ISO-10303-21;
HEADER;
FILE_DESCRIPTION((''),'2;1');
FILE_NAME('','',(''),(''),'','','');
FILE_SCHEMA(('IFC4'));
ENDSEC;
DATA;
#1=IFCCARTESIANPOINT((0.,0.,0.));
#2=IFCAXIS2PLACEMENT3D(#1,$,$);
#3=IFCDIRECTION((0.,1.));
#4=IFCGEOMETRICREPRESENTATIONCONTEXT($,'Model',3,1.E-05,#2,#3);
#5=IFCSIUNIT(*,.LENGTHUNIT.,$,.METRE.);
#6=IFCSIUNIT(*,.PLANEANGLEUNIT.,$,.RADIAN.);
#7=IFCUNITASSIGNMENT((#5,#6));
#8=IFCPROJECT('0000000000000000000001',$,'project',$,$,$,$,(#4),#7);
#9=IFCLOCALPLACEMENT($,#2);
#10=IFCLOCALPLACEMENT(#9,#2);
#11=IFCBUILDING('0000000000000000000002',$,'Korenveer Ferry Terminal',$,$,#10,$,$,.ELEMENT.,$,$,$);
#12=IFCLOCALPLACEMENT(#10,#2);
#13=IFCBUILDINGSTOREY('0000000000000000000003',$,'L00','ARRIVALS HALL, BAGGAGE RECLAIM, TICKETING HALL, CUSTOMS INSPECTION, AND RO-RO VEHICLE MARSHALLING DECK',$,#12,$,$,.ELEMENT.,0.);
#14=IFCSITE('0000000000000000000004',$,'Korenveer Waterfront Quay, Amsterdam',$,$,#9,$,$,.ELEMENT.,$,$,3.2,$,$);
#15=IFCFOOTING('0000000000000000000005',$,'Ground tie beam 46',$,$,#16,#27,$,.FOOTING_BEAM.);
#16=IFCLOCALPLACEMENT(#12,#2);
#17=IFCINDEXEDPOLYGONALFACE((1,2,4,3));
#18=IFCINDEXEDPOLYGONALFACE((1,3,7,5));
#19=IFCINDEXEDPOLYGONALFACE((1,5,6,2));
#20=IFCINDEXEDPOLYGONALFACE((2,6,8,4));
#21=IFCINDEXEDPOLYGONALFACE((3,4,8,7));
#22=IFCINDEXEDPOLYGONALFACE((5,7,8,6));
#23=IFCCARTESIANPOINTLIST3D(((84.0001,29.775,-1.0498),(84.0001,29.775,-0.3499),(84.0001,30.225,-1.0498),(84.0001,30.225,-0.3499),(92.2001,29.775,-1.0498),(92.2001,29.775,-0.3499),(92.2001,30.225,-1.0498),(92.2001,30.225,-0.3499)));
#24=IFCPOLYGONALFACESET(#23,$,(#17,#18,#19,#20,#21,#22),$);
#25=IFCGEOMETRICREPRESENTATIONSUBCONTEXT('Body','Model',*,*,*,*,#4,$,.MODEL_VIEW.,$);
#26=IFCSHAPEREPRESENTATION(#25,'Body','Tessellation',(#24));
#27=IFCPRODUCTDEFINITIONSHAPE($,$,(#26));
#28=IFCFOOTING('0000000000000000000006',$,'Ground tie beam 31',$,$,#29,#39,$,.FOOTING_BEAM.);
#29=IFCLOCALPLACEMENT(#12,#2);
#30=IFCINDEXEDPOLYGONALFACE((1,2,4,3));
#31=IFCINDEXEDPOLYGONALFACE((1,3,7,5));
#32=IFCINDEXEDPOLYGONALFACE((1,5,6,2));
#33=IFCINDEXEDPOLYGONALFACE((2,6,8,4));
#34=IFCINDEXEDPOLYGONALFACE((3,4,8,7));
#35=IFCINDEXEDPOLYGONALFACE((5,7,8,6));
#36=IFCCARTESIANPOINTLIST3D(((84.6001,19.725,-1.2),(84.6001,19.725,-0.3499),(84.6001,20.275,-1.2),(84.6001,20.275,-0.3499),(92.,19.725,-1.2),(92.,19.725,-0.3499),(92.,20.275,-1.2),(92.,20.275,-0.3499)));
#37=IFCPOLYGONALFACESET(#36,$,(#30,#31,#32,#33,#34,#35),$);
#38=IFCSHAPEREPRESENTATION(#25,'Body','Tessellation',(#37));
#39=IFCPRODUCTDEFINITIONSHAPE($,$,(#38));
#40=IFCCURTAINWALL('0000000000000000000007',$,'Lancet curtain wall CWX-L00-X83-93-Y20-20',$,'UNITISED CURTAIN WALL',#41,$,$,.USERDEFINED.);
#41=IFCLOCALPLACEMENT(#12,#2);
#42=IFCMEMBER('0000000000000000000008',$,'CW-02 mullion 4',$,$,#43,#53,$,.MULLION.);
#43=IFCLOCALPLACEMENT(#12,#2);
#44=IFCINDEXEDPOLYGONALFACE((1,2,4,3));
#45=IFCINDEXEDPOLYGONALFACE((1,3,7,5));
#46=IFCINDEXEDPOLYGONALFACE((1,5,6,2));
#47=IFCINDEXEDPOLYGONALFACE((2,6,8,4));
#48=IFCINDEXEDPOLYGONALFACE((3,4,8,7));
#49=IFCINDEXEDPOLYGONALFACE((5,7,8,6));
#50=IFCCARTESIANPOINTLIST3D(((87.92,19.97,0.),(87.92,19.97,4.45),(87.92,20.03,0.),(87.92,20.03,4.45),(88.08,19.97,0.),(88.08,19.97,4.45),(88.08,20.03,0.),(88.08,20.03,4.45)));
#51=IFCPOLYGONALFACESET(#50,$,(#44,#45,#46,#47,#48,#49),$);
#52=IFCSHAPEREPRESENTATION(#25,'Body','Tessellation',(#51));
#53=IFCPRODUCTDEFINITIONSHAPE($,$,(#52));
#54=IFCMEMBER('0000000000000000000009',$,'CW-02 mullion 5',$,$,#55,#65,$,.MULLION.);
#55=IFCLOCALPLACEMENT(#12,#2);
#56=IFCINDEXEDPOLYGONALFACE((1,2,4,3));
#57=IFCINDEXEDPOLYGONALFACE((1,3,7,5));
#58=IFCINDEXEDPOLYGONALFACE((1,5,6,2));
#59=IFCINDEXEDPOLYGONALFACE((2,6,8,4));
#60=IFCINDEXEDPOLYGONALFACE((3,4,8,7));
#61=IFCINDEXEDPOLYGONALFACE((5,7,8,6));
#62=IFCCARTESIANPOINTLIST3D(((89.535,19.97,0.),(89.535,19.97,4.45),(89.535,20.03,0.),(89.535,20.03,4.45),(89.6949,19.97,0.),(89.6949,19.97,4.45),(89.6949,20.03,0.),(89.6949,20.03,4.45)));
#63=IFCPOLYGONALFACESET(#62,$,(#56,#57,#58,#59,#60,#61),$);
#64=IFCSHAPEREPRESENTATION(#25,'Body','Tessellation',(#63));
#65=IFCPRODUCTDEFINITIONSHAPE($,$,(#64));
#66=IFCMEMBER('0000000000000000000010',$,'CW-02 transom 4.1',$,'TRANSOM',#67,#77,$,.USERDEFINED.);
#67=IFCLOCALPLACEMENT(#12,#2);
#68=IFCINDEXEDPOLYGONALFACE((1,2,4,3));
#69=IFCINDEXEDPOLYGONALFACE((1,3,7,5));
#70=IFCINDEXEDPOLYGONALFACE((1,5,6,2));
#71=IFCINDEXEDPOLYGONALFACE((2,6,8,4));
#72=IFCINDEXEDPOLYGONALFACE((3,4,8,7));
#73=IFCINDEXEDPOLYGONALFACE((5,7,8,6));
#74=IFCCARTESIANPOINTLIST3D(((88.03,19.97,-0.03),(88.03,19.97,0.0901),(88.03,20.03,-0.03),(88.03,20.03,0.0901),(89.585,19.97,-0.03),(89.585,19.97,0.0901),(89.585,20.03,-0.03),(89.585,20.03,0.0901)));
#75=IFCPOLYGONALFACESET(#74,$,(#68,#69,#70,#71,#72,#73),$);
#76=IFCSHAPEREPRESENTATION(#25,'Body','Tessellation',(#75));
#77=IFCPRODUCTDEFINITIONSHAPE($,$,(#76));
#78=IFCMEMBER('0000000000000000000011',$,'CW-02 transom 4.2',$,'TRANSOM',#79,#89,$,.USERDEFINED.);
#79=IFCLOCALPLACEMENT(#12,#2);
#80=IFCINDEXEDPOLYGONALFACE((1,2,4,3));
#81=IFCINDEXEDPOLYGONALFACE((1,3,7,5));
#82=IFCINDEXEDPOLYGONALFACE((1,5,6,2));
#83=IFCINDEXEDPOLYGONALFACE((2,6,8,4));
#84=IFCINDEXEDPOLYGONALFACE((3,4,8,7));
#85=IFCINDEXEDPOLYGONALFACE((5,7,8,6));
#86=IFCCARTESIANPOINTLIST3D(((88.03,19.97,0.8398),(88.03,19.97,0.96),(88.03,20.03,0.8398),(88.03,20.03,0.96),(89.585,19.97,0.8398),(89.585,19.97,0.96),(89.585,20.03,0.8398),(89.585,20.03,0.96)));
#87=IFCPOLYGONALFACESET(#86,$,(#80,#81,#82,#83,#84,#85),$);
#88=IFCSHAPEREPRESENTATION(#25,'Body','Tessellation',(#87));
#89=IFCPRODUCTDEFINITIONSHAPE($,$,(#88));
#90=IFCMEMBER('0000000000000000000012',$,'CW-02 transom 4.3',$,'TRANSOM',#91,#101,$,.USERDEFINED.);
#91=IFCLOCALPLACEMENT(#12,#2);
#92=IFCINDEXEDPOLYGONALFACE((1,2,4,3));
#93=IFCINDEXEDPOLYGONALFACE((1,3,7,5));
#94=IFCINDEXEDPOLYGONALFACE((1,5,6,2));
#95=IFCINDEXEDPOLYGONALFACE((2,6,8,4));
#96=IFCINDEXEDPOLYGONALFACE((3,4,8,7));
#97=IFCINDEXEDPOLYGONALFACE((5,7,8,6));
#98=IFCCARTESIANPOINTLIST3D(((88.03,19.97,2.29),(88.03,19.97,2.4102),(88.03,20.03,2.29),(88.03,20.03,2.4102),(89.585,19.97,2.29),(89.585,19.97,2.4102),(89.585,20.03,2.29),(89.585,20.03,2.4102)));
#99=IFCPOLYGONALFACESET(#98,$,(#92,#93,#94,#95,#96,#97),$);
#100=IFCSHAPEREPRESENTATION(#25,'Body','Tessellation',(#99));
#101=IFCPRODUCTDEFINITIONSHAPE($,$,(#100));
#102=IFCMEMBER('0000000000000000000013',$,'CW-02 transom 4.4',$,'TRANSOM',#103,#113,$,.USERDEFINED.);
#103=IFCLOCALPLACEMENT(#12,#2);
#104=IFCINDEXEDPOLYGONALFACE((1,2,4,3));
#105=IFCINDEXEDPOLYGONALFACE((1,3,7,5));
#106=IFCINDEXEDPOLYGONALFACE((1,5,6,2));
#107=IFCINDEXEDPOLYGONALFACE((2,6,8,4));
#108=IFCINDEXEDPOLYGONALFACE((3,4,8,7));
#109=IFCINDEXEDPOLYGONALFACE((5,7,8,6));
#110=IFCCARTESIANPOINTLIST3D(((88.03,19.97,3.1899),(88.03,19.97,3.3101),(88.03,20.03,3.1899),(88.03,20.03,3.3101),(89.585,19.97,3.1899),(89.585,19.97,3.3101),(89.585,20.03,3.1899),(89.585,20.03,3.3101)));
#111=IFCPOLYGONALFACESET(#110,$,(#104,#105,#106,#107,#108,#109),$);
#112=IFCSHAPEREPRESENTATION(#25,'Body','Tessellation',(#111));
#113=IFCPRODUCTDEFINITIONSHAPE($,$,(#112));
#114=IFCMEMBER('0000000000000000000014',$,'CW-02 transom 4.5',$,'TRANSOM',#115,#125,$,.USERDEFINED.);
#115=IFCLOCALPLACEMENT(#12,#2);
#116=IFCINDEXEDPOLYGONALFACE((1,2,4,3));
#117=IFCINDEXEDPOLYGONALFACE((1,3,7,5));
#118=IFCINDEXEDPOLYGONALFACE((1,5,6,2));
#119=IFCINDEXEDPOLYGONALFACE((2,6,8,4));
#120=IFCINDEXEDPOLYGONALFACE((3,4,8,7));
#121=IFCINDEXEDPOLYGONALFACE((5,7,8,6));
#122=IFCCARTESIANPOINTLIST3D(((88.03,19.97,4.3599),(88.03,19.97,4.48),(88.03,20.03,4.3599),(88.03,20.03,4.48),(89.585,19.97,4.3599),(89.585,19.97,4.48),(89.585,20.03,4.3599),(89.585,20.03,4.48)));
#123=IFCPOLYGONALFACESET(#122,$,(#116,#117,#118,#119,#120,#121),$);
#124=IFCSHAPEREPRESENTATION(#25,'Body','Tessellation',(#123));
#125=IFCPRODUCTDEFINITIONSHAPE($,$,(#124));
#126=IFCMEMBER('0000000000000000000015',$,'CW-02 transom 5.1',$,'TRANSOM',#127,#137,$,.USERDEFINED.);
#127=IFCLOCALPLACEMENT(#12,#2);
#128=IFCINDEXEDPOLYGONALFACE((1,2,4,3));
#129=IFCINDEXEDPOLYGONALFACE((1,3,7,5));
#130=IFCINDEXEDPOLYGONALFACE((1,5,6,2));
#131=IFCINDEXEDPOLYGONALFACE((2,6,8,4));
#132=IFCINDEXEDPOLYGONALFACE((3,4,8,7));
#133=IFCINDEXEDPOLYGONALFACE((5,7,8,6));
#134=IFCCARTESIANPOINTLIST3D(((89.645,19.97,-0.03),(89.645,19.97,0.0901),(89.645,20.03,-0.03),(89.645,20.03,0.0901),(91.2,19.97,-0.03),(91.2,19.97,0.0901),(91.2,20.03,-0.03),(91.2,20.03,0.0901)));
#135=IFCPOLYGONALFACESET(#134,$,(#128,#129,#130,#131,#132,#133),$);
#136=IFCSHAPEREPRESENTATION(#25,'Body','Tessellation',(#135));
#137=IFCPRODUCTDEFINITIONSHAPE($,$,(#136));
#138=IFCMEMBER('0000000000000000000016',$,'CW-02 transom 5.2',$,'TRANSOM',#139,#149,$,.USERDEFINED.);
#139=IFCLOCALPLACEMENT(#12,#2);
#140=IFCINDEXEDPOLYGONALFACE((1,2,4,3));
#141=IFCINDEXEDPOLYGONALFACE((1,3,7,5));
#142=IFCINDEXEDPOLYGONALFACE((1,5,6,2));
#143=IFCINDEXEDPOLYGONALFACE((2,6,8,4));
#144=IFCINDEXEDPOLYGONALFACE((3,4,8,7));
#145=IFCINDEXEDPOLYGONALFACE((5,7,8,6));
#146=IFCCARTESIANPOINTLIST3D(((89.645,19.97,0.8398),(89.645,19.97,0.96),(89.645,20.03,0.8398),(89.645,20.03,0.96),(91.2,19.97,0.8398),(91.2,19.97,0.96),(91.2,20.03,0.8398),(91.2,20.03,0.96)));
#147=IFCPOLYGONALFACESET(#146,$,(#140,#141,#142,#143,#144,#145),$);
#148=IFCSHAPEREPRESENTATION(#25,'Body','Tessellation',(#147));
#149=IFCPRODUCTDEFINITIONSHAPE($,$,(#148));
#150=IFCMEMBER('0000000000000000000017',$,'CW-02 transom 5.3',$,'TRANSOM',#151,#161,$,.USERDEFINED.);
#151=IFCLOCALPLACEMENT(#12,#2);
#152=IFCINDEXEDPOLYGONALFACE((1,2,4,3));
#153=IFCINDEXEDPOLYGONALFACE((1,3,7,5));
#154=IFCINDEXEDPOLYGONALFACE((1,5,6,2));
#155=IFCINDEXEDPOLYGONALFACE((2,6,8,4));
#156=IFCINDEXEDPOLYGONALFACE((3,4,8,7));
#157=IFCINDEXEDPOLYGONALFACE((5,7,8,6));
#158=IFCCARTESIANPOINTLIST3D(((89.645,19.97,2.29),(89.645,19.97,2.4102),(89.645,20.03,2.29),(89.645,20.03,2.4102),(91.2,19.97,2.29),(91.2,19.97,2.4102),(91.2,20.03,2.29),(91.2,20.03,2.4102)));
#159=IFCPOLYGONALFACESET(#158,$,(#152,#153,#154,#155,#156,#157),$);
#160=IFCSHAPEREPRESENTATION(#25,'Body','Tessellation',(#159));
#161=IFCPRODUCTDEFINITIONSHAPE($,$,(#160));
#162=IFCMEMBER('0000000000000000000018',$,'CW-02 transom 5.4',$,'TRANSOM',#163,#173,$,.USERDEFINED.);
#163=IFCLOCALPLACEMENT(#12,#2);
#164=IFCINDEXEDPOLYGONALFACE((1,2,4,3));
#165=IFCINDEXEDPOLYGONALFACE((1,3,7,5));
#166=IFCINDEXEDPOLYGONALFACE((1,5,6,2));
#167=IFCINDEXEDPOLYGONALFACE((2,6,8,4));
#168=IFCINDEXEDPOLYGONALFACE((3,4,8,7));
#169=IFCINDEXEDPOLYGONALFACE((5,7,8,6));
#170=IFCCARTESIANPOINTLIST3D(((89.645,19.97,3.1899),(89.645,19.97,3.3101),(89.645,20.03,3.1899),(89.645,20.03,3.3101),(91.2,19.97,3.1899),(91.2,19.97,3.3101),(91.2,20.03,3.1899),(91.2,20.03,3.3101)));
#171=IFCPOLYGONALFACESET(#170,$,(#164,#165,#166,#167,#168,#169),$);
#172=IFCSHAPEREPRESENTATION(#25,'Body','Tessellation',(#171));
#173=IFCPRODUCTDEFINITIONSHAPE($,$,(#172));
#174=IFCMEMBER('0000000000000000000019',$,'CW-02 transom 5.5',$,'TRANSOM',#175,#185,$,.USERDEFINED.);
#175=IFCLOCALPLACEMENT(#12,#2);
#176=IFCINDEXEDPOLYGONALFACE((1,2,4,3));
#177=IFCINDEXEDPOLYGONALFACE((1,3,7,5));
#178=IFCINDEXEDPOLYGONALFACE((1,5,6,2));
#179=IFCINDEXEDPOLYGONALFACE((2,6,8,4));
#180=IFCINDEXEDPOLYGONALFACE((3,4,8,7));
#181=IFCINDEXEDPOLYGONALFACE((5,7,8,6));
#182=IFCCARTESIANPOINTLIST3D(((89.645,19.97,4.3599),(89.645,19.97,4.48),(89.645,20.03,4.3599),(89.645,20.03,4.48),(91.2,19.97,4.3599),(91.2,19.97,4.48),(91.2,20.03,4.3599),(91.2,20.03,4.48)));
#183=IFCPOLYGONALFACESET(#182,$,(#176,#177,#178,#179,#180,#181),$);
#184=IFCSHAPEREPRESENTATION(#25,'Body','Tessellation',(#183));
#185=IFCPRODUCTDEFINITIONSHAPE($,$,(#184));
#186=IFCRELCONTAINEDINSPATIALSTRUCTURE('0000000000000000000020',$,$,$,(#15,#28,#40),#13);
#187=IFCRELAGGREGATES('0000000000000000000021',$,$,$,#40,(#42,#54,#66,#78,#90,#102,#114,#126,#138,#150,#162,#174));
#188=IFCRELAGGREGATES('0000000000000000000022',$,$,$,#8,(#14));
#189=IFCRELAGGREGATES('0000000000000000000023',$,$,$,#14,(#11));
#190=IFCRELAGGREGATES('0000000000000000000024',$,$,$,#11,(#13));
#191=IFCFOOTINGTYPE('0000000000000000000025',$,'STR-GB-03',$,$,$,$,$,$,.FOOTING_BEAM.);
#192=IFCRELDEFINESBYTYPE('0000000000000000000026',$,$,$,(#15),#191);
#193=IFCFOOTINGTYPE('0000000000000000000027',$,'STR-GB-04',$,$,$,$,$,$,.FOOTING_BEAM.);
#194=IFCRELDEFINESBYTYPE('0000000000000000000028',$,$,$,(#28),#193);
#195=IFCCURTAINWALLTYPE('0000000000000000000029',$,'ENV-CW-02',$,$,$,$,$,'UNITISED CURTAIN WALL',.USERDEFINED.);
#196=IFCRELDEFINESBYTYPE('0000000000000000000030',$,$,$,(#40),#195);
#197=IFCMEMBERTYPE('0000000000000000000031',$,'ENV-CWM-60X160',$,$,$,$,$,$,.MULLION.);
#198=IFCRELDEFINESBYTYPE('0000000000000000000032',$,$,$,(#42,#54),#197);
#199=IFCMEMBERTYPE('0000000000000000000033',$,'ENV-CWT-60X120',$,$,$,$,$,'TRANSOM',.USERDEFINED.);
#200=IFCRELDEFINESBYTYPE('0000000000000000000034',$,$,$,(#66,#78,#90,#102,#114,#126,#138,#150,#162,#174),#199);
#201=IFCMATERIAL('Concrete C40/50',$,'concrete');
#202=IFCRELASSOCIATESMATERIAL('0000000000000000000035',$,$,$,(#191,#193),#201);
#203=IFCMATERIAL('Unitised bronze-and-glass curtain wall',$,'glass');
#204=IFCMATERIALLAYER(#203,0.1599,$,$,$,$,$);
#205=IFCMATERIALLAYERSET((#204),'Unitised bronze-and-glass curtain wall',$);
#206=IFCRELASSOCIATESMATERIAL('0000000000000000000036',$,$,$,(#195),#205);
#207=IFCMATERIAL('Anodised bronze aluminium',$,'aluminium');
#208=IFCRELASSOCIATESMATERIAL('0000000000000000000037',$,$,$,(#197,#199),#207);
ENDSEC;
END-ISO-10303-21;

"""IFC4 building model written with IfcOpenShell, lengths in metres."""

from ifc_helpers import new_model, si_unit, direction, frame, origin, origin_2d, place, context, subcontext, project, spatial, rectangle, extrude, material, layer, layer_set, material_profile, profile_set, type_object, element, aggregate, save


model = new_model("IFC4")

# Units and contexts
model_context = context("Model", 3, precision=1e-05, world=origin(), true_north=direction((0.0, 1.0)))
body_context = subcontext(model_context, "Body", "Model", "MODEL_VIEW")
ifc_project = project(units=[si_unit("LENGTHUNIT", "METRE"), si_unit("PLANEANGLEUNIT", "RADIAN")], contexts=[model_context])

# Site, building, storey
site_placement = place(None, origin())
site = spatial("IfcSite", under=ifc_project, at=site_placement, Name="Korenveer Waterfront Quay, Amsterdam", CompositionType="ELEMENT", RefElevation=3.2)
building_placement = place(site_placement, origin())
building = spatial("IfcBuilding", under=site, at=building_placement, Name="Korenveer Ferry Terminal", CompositionType="ELEMENT")
storey_placement = place(building_placement, origin())
storey = spatial("IfcBuildingStorey", under=building, at=storey_placement, Name="L00", Description="ARRIVALS HALL, BAGGAGE RECLAIM, TICKETING HALL, CUSTOMS INSPECTION, AND RO-RO VEHICLE MARSHALLING DECK", CompositionType="ELEMENT", Elevation=0.0)

# Footings
ifc_material_1 = material(Name="Concrete C40/50", Category="concrete")
footing_type_1 = type_object("IfcFootingType", Name="STR-GB-03", PredefinedType="FOOTING_BEAM", material=ifc_material_1)
footing_1_placement = place(storey_placement, frame((88.1001, 30.0, -1.0498), z_axis=(0.0, 0.0, 1.0), x_axis=(1.0, 0.0, 0.0)))
element("IfcFooting", 1, at=footing_1_placement, inside=storey, type_object=footing_type_1, Name="Ground tie beam 46", PredefinedType="FOOTING_BEAM", context=body_context, shape_type="SweptSolid", body=[
    extrude(rectangle(XDim=8.2, YDim=0.45, at=origin_2d()), origin(), (0.0, 0.0, 1.0), 0.7),
])
footing_type_2 = type_object("IfcFootingType", Name="STR-GB-04", PredefinedType="FOOTING_BEAM", material=ifc_material_1)
footing_2_placement = place(storey_placement, frame((88.3, 20.0, -1.2), z_axis=(0.0, 0.0, 1.0), x_axis=(1.0, 0.0, 0.0)))
element("IfcFooting", 2, at=footing_2_placement, inside=storey, type_object=footing_type_2, Name="Ground tie beam 31", PredefinedType="FOOTING_BEAM", context=body_context, shape_type="SweptSolid", body=[
    extrude(rectangle(XDim=7.3999, YDim=0.55, at=origin_2d()), origin(), (0.0, 0.0, 1.0), 0.8501),
])

# Curtain wall, members
ifc_material_2 = material(Name="Unitised bronze-and-glass curtain wall", Category="glass")
ifc_layer_1 = layer(ifc_material_2, 0.1599)
ifc_layer_set_1 = layer_set([ifc_layer_1], Name="Unitised bronze-and-glass curtain wall")
curtain_wall_type = type_object("IfcCurtainWallType", Name="ENV-CW-02", ElementType="UNITISED CURTAIN WALL", PredefinedType="USERDEFINED", material=ifc_layer_set_1)
curtain_wall_placement = place(storey_placement, frame((83.155, 20.0, 0.0)))
curtain_wall = element("IfcCurtainWall", 3, at=curtain_wall_placement, inside=storey, type_object=curtain_wall_type, Name="Lancet curtain wall CWX-L00-X83-93-Y20-20", ObjectType="UNITISED CURTAIN WALL", PredefinedType="USERDEFINED")
ifc_material_3 = material(Name="Anodised bronze aluminium", Category="aluminium")
ifc_material_profile_1 = material_profile(ifc_material_3, rectangle(XDim=0.0601, YDim=0.1599, at=origin_2d()), Name="ALU 60x160")
ifc_profile_set_1 = profile_set([ifc_material_profile_1], Name="Anodised bronze aluminium")
member_type_1 = type_object("IfcMemberType", Name="ENV-CWM-60X160", PredefinedType="MULLION", material=ifc_profile_set_1)
member_1_placement = place(storey_placement, frame((88.0, 20.0, 0.0), z_axis=(0.0, 0.0, 1.0), x_axis=(0.0, 1.0, 0.0)))
member_1 = element("IfcMember", 4, at=member_1_placement, type_object=member_type_1, Name="CW-02 mullion 4", PredefinedType="MULLION", context=body_context, shape_type="SweptSolid", body=[
    extrude(rectangle(XDim=0.0601, YDim=0.1599, at=origin_2d()), origin(), (0.0, 0.0, 1.0), 4.45),
])
member_2_placement = place(storey_placement, frame((89.615, 20.0, 0.0), z_axis=(0.0, 0.0, 1.0), x_axis=(0.0, 1.0, 0.0)))
member_2 = element("IfcMember", 5, at=member_2_placement, type_object=member_type_1, Name="CW-02 mullion 5", PredefinedType="MULLION", context=body_context, shape_type="SweptSolid", body=[
    extrude(rectangle(XDim=0.0601, YDim=0.1599, at=origin_2d()), origin(), (0.0, 0.0, 1.0), 4.45),
])
ifc_material_profile_2 = material_profile(ifc_material_3, rectangle(XDim=0.0601, YDim=0.1201, at=origin_2d()), Name="ALU 60x120")
ifc_profile_set_2 = profile_set([ifc_material_profile_2], Name="Anodised bronze aluminium")
member_type_2 = type_object("IfcMemberType", Name="ENV-CWT-60X120", ElementType="TRANSOM", PredefinedType="USERDEFINED", material=ifc_profile_set_2)
member_3_placement = place(storey_placement, frame((88.03, 20.0, 0.03), z_axis=(1.0, 0.0, 0.0), x_axis=(0.0, 1.0, 0.0)))
member_3 = element("IfcMember", 6, at=member_3_placement, type_object=member_type_2, Name="CW-02 transom 4.1", ObjectType="TRANSOM", PredefinedType="USERDEFINED", context=body_context, shape_type="SweptSolid", body=[
    extrude(rectangle(XDim=0.0601, YDim=0.1201, at=origin_2d()), origin(), (0.0, 0.0, 1.0), 1.5549),
])
member_4_placement = place(storey_placement, frame((88.03, 20.0, 0.8999), z_axis=(1.0, 0.0, 0.0), x_axis=(0.0, 1.0, 0.0)))
member_4 = element("IfcMember", 7, at=member_4_placement, type_object=member_type_2, Name="CW-02 transom 4.2", ObjectType="TRANSOM", PredefinedType="USERDEFINED", context=body_context, shape_type="SweptSolid", body=[
    extrude(rectangle(XDim=0.0601, YDim=0.1201, at=origin_2d()), origin(), (0.0, 0.0, 1.0), 1.5549),
])
member_5_placement = place(storey_placement, frame((88.03, 20.0, 2.3501), z_axis=(1.0, 0.0, 0.0), x_axis=(0.0, 1.0, 0.0)))
member_5 = element("IfcMember", 8, at=member_5_placement, type_object=member_type_2, Name="CW-02 transom 4.3", ObjectType="TRANSOM", PredefinedType="USERDEFINED", context=body_context, shape_type="SweptSolid", body=[
    extrude(rectangle(XDim=0.0601, YDim=0.1201, at=origin_2d()), origin(), (0.0, 0.0, 1.0), 1.5549),
])
member_6_placement = place(storey_placement, frame((88.03, 20.0, 3.25), z_axis=(1.0, 0.0, 0.0), x_axis=(0.0, 1.0, 0.0)))
member_6 = element("IfcMember", 9, at=member_6_placement, type_object=member_type_2, Name="CW-02 transom 4.4", ObjectType="TRANSOM", PredefinedType="USERDEFINED", context=body_context, shape_type="SweptSolid", body=[
    extrude(rectangle(XDim=0.0601, YDim=0.1201, at=origin_2d()), origin(), (0.0, 0.0, 1.0), 1.5549),
])
member_7_placement = place(storey_placement, frame((88.03, 20.0, 4.4199), z_axis=(1.0, 0.0, 0.0), x_axis=(0.0, 1.0, 0.0)))
member_7 = element("IfcMember", 10, at=member_7_placement, type_object=member_type_2, Name="CW-02 transom 4.5", ObjectType="TRANSOM", PredefinedType="USERDEFINED", context=body_context, shape_type="SweptSolid", body=[
    extrude(rectangle(XDim=0.0601, YDim=0.1201, at=origin_2d()), origin(), (0.0, 0.0, 1.0), 1.5549),
])
member_8_placement = place(storey_placement, frame((89.645, 20.0, 0.03), z_axis=(1.0, 0.0, 0.0), x_axis=(0.0, 1.0, 0.0)))
member_8 = element("IfcMember", 11, at=member_8_placement, type_object=member_type_2, Name="CW-02 transom 5.1", ObjectType="TRANSOM", PredefinedType="USERDEFINED", context=body_context, shape_type="SweptSolid", body=[
    extrude(rectangle(XDim=0.0601, YDim=0.1201, at=origin_2d()), origin(), (0.0, 0.0, 1.0), 1.5549),
])
member_9_placement = place(storey_placement, frame((89.645, 20.0, 0.8999), z_axis=(1.0, 0.0, 0.0), x_axis=(0.0, 1.0, 0.0)))
member_9 = element("IfcMember", 12, at=member_9_placement, type_object=member_type_2, Name="CW-02 transom 5.2", ObjectType="TRANSOM", PredefinedType="USERDEFINED", context=body_context, shape_type="SweptSolid", body=[
    extrude(rectangle(XDim=0.0601, YDim=0.1201, at=origin_2d()), origin(), (0.0, 0.0, 1.0), 1.5549),
])
member_10_placement = place(storey_placement, frame((89.645, 20.0, 2.3501), z_axis=(1.0, 0.0, 0.0), x_axis=(0.0, 1.0, 0.0)))
member_10 = element("IfcMember", 13, at=member_10_placement, type_object=member_type_2, Name="CW-02 transom 5.3", ObjectType="TRANSOM", PredefinedType="USERDEFINED", context=body_context, shape_type="SweptSolid", body=[
    extrude(rectangle(XDim=0.0601, YDim=0.1201, at=origin_2d()), origin(), (0.0, 0.0, 1.0), 1.5549),
])
member_11_placement = place(storey_placement, frame((89.645, 20.0, 3.25), z_axis=(1.0, 0.0, 0.0), x_axis=(0.0, 1.0, 0.0)))
member_11 = element("IfcMember", 14, at=member_11_placement, type_object=member_type_2, Name="CW-02 transom 5.4", ObjectType="TRANSOM", PredefinedType="USERDEFINED", context=body_context, shape_type="SweptSolid", body=[
    extrude(rectangle(XDim=0.0601, YDim=0.1201, at=origin_2d()), origin(), (0.0, 0.0, 1.0), 1.5549),
])
member_12_placement = place(storey_placement, frame((89.645, 20.0, 4.4199), z_axis=(1.0, 0.0, 0.0), x_axis=(0.0, 1.0, 0.0)))
member_12 = element("IfcMember", 15, at=member_12_placement, type_object=member_type_2, Name="CW-02 transom 5.5", ObjectType="TRANSOM", PredefinedType="USERDEFINED", context=body_context, shape_type="SweptSolid", body=[
    extrude(rectangle(XDim=0.0601, YDim=0.1201, at=origin_2d()), origin(), (0.0, 0.0, 1.0), 1.5549),
])

aggregate(curtain_wall, [member_1, member_2, member_3, member_4, member_5, member_6, member_7, member_8, member_9, member_10, member_11, member_12])

save(model, "model.ifc")
